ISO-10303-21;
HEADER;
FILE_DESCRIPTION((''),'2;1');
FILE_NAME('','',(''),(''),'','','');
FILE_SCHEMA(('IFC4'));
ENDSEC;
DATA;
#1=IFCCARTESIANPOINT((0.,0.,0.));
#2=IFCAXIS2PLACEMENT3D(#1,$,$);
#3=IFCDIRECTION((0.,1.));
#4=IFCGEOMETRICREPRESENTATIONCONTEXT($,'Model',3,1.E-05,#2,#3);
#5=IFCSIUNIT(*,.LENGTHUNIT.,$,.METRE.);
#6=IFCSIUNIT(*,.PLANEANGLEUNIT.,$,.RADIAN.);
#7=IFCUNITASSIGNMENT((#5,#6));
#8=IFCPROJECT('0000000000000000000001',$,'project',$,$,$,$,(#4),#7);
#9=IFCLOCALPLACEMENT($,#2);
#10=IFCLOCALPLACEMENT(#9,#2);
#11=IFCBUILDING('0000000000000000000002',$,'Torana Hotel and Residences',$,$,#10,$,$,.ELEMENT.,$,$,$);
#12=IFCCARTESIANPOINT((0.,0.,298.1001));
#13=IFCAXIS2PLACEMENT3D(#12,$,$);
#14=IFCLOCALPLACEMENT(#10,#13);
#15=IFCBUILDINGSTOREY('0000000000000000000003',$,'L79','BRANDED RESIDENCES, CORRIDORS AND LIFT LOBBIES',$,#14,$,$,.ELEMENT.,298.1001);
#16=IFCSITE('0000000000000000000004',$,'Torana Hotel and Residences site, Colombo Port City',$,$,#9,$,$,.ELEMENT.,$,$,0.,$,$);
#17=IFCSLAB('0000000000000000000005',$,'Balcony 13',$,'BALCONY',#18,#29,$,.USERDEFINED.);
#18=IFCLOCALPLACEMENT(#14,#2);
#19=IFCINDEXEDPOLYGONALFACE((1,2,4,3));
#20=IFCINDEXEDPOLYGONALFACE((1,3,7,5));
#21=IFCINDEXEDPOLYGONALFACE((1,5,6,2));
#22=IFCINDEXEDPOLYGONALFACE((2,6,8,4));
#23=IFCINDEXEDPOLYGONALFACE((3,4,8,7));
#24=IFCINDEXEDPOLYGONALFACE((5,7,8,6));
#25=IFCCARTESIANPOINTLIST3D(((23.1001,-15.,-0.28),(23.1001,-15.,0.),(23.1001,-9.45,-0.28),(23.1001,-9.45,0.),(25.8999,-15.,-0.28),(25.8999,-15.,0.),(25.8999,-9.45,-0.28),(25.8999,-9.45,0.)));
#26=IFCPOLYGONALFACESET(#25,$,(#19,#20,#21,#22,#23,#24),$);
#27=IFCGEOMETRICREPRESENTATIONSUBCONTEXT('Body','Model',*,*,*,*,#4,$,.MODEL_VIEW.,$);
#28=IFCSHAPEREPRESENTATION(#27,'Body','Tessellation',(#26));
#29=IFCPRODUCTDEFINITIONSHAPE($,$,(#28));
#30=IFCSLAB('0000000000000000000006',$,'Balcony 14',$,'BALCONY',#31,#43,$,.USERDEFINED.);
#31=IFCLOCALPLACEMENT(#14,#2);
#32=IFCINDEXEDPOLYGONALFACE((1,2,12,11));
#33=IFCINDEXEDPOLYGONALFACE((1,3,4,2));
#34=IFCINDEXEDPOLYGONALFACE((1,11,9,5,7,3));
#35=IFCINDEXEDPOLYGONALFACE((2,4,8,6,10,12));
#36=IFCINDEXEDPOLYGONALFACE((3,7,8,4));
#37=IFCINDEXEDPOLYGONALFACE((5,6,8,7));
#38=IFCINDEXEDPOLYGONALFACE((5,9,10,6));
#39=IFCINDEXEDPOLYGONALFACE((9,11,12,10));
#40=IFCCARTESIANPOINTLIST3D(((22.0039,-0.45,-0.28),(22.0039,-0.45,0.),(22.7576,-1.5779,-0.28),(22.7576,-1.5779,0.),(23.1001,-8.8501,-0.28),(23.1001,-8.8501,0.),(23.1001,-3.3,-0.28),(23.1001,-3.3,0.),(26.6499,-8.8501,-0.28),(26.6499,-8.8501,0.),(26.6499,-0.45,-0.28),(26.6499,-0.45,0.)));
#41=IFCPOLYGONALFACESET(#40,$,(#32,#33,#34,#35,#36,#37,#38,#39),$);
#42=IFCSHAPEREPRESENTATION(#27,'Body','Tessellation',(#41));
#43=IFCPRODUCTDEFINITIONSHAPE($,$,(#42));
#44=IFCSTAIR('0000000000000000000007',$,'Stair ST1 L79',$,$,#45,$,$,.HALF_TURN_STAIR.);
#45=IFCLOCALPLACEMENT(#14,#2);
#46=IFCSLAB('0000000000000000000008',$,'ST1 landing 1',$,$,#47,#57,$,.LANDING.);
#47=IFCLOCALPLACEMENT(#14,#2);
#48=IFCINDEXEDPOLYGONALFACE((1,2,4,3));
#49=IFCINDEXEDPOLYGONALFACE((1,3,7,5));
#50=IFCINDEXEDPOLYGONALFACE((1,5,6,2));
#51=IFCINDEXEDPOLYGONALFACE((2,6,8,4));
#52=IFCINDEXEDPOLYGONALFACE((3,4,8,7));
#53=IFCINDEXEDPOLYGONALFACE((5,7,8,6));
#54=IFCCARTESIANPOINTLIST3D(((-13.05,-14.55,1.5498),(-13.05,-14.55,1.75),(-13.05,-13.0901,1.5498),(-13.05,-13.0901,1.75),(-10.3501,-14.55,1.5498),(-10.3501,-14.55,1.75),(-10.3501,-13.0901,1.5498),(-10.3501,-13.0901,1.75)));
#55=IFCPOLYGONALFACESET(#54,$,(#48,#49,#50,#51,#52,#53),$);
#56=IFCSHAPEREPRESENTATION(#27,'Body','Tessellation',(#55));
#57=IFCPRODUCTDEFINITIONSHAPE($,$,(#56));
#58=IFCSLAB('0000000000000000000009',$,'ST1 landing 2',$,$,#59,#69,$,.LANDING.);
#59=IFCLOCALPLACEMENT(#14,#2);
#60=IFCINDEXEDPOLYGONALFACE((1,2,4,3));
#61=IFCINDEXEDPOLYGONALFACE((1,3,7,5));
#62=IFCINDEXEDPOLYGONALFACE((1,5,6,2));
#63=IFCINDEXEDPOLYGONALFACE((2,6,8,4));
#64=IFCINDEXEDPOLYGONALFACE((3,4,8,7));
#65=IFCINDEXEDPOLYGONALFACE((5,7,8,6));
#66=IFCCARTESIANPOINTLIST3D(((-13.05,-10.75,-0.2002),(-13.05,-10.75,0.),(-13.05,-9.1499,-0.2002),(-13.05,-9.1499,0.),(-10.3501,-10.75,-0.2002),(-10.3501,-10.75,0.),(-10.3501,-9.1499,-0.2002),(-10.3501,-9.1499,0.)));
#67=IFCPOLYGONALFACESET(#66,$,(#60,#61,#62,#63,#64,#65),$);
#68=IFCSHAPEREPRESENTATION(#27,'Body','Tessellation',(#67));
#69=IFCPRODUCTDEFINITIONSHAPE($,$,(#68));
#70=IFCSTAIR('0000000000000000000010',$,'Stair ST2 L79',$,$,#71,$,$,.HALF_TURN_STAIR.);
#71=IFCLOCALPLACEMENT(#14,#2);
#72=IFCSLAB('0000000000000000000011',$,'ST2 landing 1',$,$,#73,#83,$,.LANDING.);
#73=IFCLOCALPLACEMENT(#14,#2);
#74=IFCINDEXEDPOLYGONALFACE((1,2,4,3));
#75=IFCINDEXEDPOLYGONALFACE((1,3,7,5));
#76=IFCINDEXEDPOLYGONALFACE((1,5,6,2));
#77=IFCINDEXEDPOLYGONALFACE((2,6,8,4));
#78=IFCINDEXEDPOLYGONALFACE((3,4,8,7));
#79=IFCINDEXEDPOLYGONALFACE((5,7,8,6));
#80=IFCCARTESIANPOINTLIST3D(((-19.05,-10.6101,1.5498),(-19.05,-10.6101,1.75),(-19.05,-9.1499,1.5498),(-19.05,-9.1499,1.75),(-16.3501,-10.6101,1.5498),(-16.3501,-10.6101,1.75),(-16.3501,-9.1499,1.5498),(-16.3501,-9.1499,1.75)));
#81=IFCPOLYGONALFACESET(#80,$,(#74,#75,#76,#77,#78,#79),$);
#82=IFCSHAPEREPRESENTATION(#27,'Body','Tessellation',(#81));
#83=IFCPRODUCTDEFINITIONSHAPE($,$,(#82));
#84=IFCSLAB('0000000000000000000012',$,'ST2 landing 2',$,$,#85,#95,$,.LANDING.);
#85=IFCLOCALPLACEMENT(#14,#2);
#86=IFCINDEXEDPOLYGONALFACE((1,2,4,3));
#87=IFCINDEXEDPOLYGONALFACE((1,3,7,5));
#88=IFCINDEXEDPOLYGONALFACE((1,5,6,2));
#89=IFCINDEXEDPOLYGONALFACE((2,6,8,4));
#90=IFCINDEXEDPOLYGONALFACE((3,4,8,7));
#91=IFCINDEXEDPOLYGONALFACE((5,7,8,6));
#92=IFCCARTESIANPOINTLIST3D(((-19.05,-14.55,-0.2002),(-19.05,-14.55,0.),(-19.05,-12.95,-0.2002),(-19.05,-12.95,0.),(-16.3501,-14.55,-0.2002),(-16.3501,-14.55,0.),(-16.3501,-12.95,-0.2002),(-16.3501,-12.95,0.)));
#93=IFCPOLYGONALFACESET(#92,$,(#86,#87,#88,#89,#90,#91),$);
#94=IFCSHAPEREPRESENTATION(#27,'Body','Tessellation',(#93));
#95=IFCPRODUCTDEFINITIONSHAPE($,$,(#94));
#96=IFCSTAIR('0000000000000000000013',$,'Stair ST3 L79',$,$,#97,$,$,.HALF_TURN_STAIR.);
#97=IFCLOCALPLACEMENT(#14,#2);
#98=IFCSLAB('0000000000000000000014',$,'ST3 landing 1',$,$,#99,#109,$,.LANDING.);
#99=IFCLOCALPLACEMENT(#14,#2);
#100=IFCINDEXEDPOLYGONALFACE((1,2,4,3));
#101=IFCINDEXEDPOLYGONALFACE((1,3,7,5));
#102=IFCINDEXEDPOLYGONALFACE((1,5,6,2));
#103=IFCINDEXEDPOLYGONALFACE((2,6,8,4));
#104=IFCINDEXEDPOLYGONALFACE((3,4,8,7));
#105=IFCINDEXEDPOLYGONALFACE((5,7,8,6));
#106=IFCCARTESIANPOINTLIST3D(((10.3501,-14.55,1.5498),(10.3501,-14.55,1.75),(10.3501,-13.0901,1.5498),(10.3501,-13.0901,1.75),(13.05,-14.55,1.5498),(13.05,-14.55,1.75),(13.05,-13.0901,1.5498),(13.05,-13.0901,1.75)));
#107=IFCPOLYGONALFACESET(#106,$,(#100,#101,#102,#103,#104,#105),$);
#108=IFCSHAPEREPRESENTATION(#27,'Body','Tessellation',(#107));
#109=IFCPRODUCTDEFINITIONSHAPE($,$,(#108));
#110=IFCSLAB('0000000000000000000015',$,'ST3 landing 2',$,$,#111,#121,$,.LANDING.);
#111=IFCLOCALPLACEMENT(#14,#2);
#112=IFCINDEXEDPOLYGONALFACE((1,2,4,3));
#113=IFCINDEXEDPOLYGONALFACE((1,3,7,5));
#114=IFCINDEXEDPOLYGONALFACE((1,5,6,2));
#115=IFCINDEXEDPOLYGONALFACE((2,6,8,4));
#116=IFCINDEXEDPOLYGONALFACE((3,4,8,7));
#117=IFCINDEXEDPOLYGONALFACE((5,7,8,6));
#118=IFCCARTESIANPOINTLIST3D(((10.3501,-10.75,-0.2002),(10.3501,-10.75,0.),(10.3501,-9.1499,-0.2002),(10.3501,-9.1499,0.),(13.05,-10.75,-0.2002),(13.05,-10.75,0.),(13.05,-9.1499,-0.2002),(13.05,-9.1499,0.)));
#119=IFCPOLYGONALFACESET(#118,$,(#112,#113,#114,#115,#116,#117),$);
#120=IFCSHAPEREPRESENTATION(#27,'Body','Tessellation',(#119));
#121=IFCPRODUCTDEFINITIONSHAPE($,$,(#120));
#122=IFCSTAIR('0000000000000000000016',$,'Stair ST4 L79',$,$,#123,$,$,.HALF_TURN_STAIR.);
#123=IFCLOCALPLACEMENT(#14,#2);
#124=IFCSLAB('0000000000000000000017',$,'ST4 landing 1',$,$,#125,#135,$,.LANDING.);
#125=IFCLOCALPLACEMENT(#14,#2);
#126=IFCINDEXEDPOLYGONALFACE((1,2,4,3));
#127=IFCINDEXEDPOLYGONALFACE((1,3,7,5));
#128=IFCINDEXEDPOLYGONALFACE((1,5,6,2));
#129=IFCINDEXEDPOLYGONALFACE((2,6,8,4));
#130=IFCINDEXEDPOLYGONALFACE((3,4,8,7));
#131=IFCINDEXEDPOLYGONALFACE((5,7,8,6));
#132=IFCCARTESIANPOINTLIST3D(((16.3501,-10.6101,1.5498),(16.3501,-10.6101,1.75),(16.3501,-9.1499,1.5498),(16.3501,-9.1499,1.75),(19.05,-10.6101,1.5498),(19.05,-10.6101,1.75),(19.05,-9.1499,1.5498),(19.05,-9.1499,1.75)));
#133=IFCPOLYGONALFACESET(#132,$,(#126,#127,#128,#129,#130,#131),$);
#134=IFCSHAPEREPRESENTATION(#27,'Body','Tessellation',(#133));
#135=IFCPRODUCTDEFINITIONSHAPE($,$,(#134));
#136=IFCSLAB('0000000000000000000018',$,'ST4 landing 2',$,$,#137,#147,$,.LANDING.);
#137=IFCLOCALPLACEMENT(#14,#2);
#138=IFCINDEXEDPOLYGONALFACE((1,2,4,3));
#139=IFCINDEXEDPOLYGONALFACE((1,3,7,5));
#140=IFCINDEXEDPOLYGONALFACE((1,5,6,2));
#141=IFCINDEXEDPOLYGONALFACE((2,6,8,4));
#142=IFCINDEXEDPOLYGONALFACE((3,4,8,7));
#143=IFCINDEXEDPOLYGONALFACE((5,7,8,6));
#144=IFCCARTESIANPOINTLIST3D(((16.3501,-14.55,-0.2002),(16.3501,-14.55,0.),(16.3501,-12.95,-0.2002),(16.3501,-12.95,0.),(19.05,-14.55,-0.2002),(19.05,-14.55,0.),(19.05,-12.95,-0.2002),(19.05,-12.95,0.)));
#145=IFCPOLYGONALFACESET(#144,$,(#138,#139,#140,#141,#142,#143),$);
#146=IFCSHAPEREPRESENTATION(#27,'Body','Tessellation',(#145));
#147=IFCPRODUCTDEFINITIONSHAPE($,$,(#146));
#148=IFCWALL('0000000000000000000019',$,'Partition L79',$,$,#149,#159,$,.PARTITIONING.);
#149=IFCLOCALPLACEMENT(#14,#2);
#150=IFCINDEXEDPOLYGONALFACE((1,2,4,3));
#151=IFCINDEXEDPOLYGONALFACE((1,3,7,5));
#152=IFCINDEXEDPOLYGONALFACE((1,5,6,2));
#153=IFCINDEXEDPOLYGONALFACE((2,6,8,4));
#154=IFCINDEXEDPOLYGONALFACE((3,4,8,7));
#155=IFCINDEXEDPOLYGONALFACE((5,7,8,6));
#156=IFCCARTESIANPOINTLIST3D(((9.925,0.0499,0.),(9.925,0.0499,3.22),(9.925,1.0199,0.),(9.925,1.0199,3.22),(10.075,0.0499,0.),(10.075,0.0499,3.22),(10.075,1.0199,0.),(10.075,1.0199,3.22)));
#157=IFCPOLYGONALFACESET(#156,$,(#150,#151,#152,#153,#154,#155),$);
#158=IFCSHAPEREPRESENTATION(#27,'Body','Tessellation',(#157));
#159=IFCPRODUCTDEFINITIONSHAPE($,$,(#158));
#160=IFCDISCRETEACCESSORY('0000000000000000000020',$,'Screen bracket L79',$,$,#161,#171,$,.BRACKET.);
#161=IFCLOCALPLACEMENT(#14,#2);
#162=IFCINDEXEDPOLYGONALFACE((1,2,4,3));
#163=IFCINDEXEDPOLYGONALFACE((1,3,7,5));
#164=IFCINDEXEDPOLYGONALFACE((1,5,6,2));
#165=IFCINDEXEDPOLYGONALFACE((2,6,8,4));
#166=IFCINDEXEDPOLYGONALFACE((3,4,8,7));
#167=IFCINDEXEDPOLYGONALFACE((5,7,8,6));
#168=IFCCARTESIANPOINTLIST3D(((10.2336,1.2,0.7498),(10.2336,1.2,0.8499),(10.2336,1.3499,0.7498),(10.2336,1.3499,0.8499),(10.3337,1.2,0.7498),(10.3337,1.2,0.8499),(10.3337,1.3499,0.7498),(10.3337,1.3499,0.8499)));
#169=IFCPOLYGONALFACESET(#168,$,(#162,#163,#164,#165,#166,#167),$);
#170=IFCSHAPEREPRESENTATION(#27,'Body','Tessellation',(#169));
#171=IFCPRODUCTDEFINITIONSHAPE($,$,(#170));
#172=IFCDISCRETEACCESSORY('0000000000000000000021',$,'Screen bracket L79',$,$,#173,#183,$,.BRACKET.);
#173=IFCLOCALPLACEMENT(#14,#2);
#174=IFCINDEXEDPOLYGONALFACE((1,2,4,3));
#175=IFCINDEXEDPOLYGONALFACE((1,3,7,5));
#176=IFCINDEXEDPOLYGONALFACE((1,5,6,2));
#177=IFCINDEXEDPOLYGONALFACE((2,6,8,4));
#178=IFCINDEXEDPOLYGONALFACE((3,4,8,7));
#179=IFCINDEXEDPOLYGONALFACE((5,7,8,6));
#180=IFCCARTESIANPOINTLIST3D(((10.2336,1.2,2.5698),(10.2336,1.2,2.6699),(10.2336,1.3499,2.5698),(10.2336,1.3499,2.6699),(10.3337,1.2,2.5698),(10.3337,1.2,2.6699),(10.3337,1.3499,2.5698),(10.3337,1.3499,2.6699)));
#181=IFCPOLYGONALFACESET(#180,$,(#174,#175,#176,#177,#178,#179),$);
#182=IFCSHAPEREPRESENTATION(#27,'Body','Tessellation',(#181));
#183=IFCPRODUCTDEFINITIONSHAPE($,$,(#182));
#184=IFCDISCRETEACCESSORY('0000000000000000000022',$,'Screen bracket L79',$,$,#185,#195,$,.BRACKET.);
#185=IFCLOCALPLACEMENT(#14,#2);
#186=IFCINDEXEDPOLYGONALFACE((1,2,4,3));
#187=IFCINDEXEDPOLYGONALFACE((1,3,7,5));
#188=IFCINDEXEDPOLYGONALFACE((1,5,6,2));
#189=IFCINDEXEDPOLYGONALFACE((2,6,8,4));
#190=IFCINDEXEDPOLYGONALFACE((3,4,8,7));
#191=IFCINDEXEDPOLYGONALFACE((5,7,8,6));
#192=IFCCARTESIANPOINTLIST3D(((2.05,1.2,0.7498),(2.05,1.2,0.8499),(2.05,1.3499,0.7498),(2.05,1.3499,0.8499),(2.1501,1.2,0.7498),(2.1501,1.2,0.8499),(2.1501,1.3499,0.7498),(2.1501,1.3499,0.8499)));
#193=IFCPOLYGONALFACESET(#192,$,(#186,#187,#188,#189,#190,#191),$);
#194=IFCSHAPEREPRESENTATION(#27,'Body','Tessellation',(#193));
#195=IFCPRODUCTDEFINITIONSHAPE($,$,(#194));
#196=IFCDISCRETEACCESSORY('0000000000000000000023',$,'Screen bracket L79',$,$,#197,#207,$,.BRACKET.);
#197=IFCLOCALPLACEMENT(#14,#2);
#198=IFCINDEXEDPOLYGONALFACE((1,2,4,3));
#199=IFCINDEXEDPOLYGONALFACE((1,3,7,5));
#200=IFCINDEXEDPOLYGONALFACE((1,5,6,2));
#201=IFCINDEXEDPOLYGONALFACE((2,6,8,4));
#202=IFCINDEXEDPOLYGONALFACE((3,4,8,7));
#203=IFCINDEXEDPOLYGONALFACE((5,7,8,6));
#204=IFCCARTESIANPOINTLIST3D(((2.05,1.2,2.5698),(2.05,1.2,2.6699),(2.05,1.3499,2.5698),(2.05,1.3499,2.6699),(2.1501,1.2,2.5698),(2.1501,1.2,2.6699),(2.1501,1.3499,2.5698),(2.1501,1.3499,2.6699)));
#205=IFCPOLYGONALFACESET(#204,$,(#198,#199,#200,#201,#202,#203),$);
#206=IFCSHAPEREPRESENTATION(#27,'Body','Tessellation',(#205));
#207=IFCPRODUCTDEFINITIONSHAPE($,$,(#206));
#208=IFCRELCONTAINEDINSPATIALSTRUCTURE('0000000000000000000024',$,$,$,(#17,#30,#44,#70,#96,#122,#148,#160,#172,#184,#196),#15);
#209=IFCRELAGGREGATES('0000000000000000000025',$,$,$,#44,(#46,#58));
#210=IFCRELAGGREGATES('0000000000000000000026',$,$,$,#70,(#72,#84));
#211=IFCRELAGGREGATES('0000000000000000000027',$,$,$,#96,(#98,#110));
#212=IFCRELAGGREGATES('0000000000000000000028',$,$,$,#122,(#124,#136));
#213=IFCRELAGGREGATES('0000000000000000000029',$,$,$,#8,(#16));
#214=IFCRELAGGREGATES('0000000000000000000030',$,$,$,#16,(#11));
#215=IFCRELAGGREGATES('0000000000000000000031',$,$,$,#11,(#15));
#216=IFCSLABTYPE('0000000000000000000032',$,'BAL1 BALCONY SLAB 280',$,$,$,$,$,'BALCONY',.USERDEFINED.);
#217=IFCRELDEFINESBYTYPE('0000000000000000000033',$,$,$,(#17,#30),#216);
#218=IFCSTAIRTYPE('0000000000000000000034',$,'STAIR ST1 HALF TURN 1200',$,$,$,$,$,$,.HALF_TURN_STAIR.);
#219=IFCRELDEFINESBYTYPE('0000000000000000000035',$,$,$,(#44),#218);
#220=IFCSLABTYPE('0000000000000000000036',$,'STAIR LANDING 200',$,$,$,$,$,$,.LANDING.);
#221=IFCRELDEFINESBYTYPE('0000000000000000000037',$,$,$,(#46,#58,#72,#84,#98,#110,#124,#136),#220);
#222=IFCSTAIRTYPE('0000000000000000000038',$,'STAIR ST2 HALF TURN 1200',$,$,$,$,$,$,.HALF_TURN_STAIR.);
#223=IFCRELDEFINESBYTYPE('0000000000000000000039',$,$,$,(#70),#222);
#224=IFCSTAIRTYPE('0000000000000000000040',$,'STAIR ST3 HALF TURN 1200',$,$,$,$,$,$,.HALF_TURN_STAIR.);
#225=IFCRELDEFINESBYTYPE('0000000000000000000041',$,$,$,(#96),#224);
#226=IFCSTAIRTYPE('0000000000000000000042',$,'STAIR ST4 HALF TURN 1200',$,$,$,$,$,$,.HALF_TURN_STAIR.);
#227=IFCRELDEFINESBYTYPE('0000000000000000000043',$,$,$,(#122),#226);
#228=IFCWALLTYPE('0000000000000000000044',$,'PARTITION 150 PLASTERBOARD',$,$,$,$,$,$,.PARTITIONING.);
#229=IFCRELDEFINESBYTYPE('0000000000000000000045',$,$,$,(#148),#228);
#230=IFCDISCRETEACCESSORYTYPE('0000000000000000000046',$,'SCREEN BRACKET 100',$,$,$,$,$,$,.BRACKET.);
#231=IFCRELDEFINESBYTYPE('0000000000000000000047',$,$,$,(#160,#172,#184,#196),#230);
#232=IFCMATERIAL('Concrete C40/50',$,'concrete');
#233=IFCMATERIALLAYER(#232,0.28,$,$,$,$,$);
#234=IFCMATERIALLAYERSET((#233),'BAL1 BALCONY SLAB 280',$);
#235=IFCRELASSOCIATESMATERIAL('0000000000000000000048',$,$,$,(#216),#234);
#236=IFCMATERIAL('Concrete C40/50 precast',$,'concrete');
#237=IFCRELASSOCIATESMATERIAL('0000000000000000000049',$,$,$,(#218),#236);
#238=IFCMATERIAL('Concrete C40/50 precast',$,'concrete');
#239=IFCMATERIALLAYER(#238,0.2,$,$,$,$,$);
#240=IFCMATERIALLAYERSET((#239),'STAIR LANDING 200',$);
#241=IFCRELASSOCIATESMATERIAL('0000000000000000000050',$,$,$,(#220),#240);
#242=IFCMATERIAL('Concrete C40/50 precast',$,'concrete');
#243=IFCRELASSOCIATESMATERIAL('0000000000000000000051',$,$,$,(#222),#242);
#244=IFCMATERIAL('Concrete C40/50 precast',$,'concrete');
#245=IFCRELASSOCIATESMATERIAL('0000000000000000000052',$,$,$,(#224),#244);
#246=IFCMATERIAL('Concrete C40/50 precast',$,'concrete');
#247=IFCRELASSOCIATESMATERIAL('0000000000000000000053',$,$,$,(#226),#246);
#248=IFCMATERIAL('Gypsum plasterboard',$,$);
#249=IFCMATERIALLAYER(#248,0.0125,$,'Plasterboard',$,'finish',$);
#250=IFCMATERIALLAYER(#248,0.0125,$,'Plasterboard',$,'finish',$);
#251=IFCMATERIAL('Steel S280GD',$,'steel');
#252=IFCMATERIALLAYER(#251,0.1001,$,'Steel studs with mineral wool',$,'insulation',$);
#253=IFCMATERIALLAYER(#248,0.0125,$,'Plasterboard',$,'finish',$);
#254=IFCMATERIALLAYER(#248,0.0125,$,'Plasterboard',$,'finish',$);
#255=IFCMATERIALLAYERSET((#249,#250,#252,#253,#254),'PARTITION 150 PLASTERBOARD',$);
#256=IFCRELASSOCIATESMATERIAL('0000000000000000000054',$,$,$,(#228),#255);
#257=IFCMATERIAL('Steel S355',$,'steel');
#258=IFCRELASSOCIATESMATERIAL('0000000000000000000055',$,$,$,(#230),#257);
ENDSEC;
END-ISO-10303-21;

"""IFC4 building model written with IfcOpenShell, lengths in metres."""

from ifc_helpers import new_model, si_unit, direction, frame, frame_2d, origin, origin_2d, place, context, subcontext, project, spatial, polyline, rectangle, outline, extrude, material, layer, layer_set, type_object, element, aggregate, save


model = new_model("IFC4")

# Units and contexts
model_context = context("Model", 3, precision=1e-05, world=origin(), true_north=direction((0.0, 1.0)))
body_context = subcontext(model_context, "Body", "Model", "MODEL_VIEW")
ifc_project = project(units=[si_unit("LENGTHUNIT", "METRE"), si_unit("PLANEANGLEUNIT", "RADIAN")], contexts=[model_context])

# Site, building, storey
site_placement = place(None, origin())
site = spatial("IfcSite", under=ifc_project, at=site_placement, Name="Torana Hotel and Residences site, Colombo Port City", CompositionType="ELEMENT", RefElevation=0.0)
building_placement = place(site_placement, origin())
building = spatial("IfcBuilding", under=site, at=building_placement, Name="Torana Hotel and Residences", CompositionType="ELEMENT")
storey_placement = place(building_placement, frame((0.0, 0.0, 298.1001)))
storey = spatial("IfcBuildingStorey", under=building, at=storey_placement, Name="L79", Description="BRANDED RESIDENCES, CORRIDORS AND LIFT LOBBIES", CompositionType="ELEMENT", Elevation=298.1001)

# Slabs
ifc_material_1 = material(Name="Concrete C40/50", Category="concrete")
ifc_layer_1 = layer(ifc_material_1, 0.28)
ifc_layer_set_1 = layer_set([ifc_layer_1], Name="BAL1 BALCONY SLAB 280")
slab_type_1 = type_object("IfcSlabType", Name="BAL1 BALCONY SLAB 280", ElementType="BALCONY", PredefinedType="USERDEFINED", material=ifc_layer_set_1)
slab_1_placement = place(storey_placement, frame((0.0, 0.0, -0.28)))
element("IfcSlab", 1, at=slab_1_placement, inside=storey, type_object=slab_type_1, Name="Balcony 13", ObjectType="BALCONY", PredefinedType="USERDEFINED", context=body_context, shape_type="SweptSolid", body=[
    extrude(outline(polyline([(23.1001, -15.0), (25.8999, -15.0), (25.8999, -9.45), (23.1001, -9.45), (23.1001, -15.0)])), origin(), (0.0, 0.0, 1.0), 0.28),
])
slab_2_placement = place(storey_placement, frame((0.0, 0.0, -0.28)))
element("IfcSlab", 2, at=slab_2_placement, inside=storey, type_object=slab_type_1, Name="Balcony 14", ObjectType="BALCONY", PredefinedType="USERDEFINED", context=body_context, shape_type="SweptSolid", body=[
    extrude(outline(polyline([(23.1001, -8.8501), (26.6499, -8.8501), (26.6499, -0.45), (22.0039, -0.45), (22.7576, -1.5779), (23.1001, -3.3), (23.1001, -8.8501)])), origin(), (0.0, 0.0, 1.0), 0.28),
])

# Stairs, slabs
ifc_material_2 = material(Name="Concrete C40/50 precast", Category="concrete")
stair_type_1 = type_object("IfcStairType", Name="STAIR ST1 HALF TURN 1200", PredefinedType="HALF_TURN_STAIR", material=ifc_material_2)
stair_1_placement = place(storey_placement, origin())
stair_1 = element("IfcStair", 3, at=stair_1_placement, inside=storey, type_object=stair_type_1, Name="Stair ST1 L79", PredefinedType="HALF_TURN_STAIR")
ifc_material_3 = material(Name="Concrete C40/50 precast", Category="concrete")
ifc_layer_2 = layer(ifc_material_3, 0.2)
ifc_layer_set_2 = layer_set([ifc_layer_2], Name="STAIR LANDING 200")
slab_type_2 = type_object("IfcSlabType", Name="STAIR LANDING 200", PredefinedType="LANDING", material=ifc_layer_set_2)
slab_3_placement = place(storey_placement, frame((0.0, 0.0, 1.5498)))
slab_3 = element("IfcSlab", 4, at=slab_3_placement, type_object=slab_type_2, Name="ST1 landing 1", PredefinedType="LANDING", context=body_context, shape_type="SweptSolid", body=[
    extrude(outline(polyline([(-13.05, -14.55), (-10.3501, -14.55), (-10.3501, -13.0901), (-13.05, -13.0901), (-13.05, -14.55)])), origin(), (0.0, 0.0, 1.0), 0.2002),
])
slab_4_placement = place(storey_placement, frame((0.0, 0.0, -0.2002)))
slab_4 = element("IfcSlab", 5, at=slab_4_placement, type_object=slab_type_2, Name="ST1 landing 2", PredefinedType="LANDING", context=body_context, shape_type="SweptSolid", body=[
    extrude(outline(polyline([(-13.05, -10.75), (-10.3501, -10.75), (-10.3501, -9.1499), (-13.05, -9.1499), (-13.05, -10.75)])), origin(), (0.0, 0.0, 1.0), 0.2002),
])
aggregate(stair_1, [slab_3, slab_4])
ifc_material_4 = material(Name="Concrete C40/50 precast", Category="concrete")
stair_type_2 = type_object("IfcStairType", Name="STAIR ST2 HALF TURN 1200", PredefinedType="HALF_TURN_STAIR", material=ifc_material_4)
stair_2_placement = place(storey_placement, origin())
stair_2 = element("IfcStair", 6, at=stair_2_placement, inside=storey, type_object=stair_type_2, Name="Stair ST2 L79", PredefinedType="HALF_TURN_STAIR")
slab_5_placement = place(storey_placement, frame((0.0, 0.0, 1.5498)))
slab_5 = element("IfcSlab", 7, at=slab_5_placement, type_object=slab_type_2, Name="ST2 landing 1", PredefinedType="LANDING", context=body_context, shape_type="SweptSolid", body=[
    extrude(outline(polyline([(-19.05, -10.6101), (-16.3501, -10.6101), (-16.3501, -9.1499), (-19.05, -9.1499), (-19.05, -10.6101)])), origin(), (0.0, 0.0, 1.0), 0.2002),
])
slab_6_placement = place(storey_placement, frame((0.0, 0.0, -0.2002)))
slab_6 = element("IfcSlab", 8, at=slab_6_placement, type_object=slab_type_2, Name="ST2 landing 2", PredefinedType="LANDING", context=body_context, shape_type="SweptSolid", body=[
    extrude(outline(polyline([(-19.05, -14.55), (-16.3501, -14.55), (-16.3501, -12.95), (-19.05, -12.95), (-19.05, -14.55)])), origin(), (0.0, 0.0, 1.0), 0.2002),
])
aggregate(stair_2, [slab_5, slab_6])
ifc_material_5 = material(Name="Concrete C40/50 precast", Category="concrete")
stair_type_3 = type_object("IfcStairType", Name="STAIR ST3 HALF TURN 1200", PredefinedType="HALF_TURN_STAIR", material=ifc_material_5)
stair_3_placement = place(storey_placement, origin())
stair_3 = element("IfcStair", 9, at=stair_3_placement, inside=storey, type_object=stair_type_3, Name="Stair ST3 L79", PredefinedType="HALF_TURN_STAIR")
slab_7_placement = place(storey_placement, frame((0.0, 0.0, 1.5498)))
slab_7 = element("IfcSlab", 10, at=slab_7_placement, type_object=slab_type_2, Name="ST3 landing 1", PredefinedType="LANDING", context=body_context, shape_type="SweptSolid", body=[
    extrude(outline(polyline([(10.3501, -14.55), (13.05, -14.55), (13.05, -13.0901), (10.3501, -13.0901), (10.3501, -14.55)])), origin(), (0.0, 0.0, 1.0), 0.2002),
])
slab_8_placement = place(storey_placement, frame((0.0, 0.0, -0.2002)))
slab_8 = element("IfcSlab", 11, at=slab_8_placement, type_object=slab_type_2, Name="ST3 landing 2", PredefinedType="LANDING", context=body_context, shape_type="SweptSolid", body=[
    extrude(outline(polyline([(10.3501, -10.75), (13.05, -10.75), (13.05, -9.1499), (10.3501, -9.1499), (10.3501, -10.75)])), origin(), (0.0, 0.0, 1.0), 0.2002),
])
aggregate(stair_3, [slab_7, slab_8])
ifc_material_6 = material(Name="Concrete C40/50 precast", Category="concrete")
stair_type_4 = type_object("IfcStairType", Name="STAIR ST4 HALF TURN 1200", PredefinedType="HALF_TURN_STAIR", material=ifc_material_6)
stair_4_placement = place(storey_placement, origin())
stair_4 = element("IfcStair", 12, at=stair_4_placement, inside=storey, type_object=stair_type_4, Name="Stair ST4 L79", PredefinedType="HALF_TURN_STAIR")
slab_9_placement = place(storey_placement, frame((0.0, 0.0, 1.5498)))
slab_9 = element("IfcSlab", 13, at=slab_9_placement, type_object=slab_type_2, Name="ST4 landing 1", PredefinedType="LANDING", context=body_context, shape_type="SweptSolid", body=[
    extrude(outline(polyline([(16.3501, -10.6101), (19.05, -10.6101), (19.05, -9.1499), (16.3501, -9.1499), (16.3501, -10.6101)])), origin(), (0.0, 0.0, 1.0), 0.2002),
])
slab_10_placement = place(storey_placement, frame((0.0, 0.0, -0.2002)))
slab_10 = element("IfcSlab", 14, at=slab_10_placement, type_object=slab_type_2, Name="ST4 landing 2", PredefinedType="LANDING", context=body_context, shape_type="SweptSolid", body=[
    extrude(outline(polyline([(16.3501, -14.55), (19.05, -14.55), (19.05, -12.95), (16.3501, -12.95), (16.3501, -14.55)])), origin(), (0.0, 0.0, 1.0), 0.2002),
])
aggregate(stair_4, [slab_9, slab_10])

# Wall
ifc_material_7 = material(Name="Gypsum plasterboard")
ifc_layer_3 = layer(ifc_material_7, 0.0125, Name="Plasterboard", Category="finish")
ifc_layer_4 = layer(ifc_material_7, 0.0125, Name="Plasterboard", Category="finish")
ifc_material_8 = material(Name="Steel S280GD", Category="steel")
ifc_layer_5 = layer(ifc_material_8, 0.1001, Name="Steel studs with mineral wool", Category="insulation")
ifc_layer_6 = layer(ifc_material_7, 0.0125, Name="Plasterboard", Category="finish")
ifc_layer_7 = layer(ifc_material_7, 0.0125, Name="Plasterboard", Category="finish")
ifc_layer_set_3 = layer_set([ifc_layer_3, ifc_layer_4, ifc_layer_5, ifc_layer_6, ifc_layer_7], Name="PARTITION 150 PLASTERBOARD")
wall_type = type_object("IfcWallType", Name="PARTITION 150 PLASTERBOARD", PredefinedType="PARTITIONING", material=ifc_layer_set_3)
wall_placement = place(storey_placement, frame((10.0, 0.05, 0.0), z_axis=(0.0, 0.0, 1.0), x_axis=(0.0, 1.0, 0.0)))
element("IfcWall", 15, at=wall_placement, inside=storey, type_object=wall_type, Name="Partition L79", PredefinedType="PARTITIONING", context=body_context, shape_type="SweptSolid", body=[
    extrude(rectangle(XDim=0.97, YDim=0.1499, at=frame_2d((0.4849, 0.0))), origin(), (0.0, 0.0, 1.0), 3.22),
])

# Discrete accessories
ifc_material_9 = material(Name="Steel S355", Category="steel")
discrete_accessory_type = type_object("IfcDiscreteAccessoryType", Name="SCREEN BRACKET 100", PredefinedType="BRACKET", material=ifc_material_9)
for number, where, z_axis, x_axis, name in (
    (16, (10.2837, 1.2749, 0.7498), (0.0, 0.0, 1.0), (-1.0, 0.0, 0.0), "Screen bracket L79"),
    (17, (10.2837, 1.2749, 2.5698), (0.0, 0.0, 1.0), (-1.0, 0.0, 0.0), "Screen bracket L79"),
    (18, (2.1001, 1.2749, 0.7498), (0.0, 0.0, 1.0), (-1.0, 0.0, 0.0), "Screen bracket L79"),
    (19, (2.1001, 1.2749, 2.5698), (0.0, 0.0, 1.0), (-1.0, 0.0, 0.0), "Screen bracket L79"),
):
    element("IfcDiscreteAccessory", number, at=place(storey_placement, frame(where, z_axis=z_axis, x_axis=x_axis)), inside=storey, type_object=discrete_accessory_type, Name=name, PredefinedType="BRACKET", context=body_context, shape_type="SweptSolid", body=[
        extrude(rectangle(XDim=0.1001, YDim=0.1499, at=origin_2d()), origin(), (0.0, 0.0, 1.0), 0.1001),
    ])

save(model, "model.ifc")
